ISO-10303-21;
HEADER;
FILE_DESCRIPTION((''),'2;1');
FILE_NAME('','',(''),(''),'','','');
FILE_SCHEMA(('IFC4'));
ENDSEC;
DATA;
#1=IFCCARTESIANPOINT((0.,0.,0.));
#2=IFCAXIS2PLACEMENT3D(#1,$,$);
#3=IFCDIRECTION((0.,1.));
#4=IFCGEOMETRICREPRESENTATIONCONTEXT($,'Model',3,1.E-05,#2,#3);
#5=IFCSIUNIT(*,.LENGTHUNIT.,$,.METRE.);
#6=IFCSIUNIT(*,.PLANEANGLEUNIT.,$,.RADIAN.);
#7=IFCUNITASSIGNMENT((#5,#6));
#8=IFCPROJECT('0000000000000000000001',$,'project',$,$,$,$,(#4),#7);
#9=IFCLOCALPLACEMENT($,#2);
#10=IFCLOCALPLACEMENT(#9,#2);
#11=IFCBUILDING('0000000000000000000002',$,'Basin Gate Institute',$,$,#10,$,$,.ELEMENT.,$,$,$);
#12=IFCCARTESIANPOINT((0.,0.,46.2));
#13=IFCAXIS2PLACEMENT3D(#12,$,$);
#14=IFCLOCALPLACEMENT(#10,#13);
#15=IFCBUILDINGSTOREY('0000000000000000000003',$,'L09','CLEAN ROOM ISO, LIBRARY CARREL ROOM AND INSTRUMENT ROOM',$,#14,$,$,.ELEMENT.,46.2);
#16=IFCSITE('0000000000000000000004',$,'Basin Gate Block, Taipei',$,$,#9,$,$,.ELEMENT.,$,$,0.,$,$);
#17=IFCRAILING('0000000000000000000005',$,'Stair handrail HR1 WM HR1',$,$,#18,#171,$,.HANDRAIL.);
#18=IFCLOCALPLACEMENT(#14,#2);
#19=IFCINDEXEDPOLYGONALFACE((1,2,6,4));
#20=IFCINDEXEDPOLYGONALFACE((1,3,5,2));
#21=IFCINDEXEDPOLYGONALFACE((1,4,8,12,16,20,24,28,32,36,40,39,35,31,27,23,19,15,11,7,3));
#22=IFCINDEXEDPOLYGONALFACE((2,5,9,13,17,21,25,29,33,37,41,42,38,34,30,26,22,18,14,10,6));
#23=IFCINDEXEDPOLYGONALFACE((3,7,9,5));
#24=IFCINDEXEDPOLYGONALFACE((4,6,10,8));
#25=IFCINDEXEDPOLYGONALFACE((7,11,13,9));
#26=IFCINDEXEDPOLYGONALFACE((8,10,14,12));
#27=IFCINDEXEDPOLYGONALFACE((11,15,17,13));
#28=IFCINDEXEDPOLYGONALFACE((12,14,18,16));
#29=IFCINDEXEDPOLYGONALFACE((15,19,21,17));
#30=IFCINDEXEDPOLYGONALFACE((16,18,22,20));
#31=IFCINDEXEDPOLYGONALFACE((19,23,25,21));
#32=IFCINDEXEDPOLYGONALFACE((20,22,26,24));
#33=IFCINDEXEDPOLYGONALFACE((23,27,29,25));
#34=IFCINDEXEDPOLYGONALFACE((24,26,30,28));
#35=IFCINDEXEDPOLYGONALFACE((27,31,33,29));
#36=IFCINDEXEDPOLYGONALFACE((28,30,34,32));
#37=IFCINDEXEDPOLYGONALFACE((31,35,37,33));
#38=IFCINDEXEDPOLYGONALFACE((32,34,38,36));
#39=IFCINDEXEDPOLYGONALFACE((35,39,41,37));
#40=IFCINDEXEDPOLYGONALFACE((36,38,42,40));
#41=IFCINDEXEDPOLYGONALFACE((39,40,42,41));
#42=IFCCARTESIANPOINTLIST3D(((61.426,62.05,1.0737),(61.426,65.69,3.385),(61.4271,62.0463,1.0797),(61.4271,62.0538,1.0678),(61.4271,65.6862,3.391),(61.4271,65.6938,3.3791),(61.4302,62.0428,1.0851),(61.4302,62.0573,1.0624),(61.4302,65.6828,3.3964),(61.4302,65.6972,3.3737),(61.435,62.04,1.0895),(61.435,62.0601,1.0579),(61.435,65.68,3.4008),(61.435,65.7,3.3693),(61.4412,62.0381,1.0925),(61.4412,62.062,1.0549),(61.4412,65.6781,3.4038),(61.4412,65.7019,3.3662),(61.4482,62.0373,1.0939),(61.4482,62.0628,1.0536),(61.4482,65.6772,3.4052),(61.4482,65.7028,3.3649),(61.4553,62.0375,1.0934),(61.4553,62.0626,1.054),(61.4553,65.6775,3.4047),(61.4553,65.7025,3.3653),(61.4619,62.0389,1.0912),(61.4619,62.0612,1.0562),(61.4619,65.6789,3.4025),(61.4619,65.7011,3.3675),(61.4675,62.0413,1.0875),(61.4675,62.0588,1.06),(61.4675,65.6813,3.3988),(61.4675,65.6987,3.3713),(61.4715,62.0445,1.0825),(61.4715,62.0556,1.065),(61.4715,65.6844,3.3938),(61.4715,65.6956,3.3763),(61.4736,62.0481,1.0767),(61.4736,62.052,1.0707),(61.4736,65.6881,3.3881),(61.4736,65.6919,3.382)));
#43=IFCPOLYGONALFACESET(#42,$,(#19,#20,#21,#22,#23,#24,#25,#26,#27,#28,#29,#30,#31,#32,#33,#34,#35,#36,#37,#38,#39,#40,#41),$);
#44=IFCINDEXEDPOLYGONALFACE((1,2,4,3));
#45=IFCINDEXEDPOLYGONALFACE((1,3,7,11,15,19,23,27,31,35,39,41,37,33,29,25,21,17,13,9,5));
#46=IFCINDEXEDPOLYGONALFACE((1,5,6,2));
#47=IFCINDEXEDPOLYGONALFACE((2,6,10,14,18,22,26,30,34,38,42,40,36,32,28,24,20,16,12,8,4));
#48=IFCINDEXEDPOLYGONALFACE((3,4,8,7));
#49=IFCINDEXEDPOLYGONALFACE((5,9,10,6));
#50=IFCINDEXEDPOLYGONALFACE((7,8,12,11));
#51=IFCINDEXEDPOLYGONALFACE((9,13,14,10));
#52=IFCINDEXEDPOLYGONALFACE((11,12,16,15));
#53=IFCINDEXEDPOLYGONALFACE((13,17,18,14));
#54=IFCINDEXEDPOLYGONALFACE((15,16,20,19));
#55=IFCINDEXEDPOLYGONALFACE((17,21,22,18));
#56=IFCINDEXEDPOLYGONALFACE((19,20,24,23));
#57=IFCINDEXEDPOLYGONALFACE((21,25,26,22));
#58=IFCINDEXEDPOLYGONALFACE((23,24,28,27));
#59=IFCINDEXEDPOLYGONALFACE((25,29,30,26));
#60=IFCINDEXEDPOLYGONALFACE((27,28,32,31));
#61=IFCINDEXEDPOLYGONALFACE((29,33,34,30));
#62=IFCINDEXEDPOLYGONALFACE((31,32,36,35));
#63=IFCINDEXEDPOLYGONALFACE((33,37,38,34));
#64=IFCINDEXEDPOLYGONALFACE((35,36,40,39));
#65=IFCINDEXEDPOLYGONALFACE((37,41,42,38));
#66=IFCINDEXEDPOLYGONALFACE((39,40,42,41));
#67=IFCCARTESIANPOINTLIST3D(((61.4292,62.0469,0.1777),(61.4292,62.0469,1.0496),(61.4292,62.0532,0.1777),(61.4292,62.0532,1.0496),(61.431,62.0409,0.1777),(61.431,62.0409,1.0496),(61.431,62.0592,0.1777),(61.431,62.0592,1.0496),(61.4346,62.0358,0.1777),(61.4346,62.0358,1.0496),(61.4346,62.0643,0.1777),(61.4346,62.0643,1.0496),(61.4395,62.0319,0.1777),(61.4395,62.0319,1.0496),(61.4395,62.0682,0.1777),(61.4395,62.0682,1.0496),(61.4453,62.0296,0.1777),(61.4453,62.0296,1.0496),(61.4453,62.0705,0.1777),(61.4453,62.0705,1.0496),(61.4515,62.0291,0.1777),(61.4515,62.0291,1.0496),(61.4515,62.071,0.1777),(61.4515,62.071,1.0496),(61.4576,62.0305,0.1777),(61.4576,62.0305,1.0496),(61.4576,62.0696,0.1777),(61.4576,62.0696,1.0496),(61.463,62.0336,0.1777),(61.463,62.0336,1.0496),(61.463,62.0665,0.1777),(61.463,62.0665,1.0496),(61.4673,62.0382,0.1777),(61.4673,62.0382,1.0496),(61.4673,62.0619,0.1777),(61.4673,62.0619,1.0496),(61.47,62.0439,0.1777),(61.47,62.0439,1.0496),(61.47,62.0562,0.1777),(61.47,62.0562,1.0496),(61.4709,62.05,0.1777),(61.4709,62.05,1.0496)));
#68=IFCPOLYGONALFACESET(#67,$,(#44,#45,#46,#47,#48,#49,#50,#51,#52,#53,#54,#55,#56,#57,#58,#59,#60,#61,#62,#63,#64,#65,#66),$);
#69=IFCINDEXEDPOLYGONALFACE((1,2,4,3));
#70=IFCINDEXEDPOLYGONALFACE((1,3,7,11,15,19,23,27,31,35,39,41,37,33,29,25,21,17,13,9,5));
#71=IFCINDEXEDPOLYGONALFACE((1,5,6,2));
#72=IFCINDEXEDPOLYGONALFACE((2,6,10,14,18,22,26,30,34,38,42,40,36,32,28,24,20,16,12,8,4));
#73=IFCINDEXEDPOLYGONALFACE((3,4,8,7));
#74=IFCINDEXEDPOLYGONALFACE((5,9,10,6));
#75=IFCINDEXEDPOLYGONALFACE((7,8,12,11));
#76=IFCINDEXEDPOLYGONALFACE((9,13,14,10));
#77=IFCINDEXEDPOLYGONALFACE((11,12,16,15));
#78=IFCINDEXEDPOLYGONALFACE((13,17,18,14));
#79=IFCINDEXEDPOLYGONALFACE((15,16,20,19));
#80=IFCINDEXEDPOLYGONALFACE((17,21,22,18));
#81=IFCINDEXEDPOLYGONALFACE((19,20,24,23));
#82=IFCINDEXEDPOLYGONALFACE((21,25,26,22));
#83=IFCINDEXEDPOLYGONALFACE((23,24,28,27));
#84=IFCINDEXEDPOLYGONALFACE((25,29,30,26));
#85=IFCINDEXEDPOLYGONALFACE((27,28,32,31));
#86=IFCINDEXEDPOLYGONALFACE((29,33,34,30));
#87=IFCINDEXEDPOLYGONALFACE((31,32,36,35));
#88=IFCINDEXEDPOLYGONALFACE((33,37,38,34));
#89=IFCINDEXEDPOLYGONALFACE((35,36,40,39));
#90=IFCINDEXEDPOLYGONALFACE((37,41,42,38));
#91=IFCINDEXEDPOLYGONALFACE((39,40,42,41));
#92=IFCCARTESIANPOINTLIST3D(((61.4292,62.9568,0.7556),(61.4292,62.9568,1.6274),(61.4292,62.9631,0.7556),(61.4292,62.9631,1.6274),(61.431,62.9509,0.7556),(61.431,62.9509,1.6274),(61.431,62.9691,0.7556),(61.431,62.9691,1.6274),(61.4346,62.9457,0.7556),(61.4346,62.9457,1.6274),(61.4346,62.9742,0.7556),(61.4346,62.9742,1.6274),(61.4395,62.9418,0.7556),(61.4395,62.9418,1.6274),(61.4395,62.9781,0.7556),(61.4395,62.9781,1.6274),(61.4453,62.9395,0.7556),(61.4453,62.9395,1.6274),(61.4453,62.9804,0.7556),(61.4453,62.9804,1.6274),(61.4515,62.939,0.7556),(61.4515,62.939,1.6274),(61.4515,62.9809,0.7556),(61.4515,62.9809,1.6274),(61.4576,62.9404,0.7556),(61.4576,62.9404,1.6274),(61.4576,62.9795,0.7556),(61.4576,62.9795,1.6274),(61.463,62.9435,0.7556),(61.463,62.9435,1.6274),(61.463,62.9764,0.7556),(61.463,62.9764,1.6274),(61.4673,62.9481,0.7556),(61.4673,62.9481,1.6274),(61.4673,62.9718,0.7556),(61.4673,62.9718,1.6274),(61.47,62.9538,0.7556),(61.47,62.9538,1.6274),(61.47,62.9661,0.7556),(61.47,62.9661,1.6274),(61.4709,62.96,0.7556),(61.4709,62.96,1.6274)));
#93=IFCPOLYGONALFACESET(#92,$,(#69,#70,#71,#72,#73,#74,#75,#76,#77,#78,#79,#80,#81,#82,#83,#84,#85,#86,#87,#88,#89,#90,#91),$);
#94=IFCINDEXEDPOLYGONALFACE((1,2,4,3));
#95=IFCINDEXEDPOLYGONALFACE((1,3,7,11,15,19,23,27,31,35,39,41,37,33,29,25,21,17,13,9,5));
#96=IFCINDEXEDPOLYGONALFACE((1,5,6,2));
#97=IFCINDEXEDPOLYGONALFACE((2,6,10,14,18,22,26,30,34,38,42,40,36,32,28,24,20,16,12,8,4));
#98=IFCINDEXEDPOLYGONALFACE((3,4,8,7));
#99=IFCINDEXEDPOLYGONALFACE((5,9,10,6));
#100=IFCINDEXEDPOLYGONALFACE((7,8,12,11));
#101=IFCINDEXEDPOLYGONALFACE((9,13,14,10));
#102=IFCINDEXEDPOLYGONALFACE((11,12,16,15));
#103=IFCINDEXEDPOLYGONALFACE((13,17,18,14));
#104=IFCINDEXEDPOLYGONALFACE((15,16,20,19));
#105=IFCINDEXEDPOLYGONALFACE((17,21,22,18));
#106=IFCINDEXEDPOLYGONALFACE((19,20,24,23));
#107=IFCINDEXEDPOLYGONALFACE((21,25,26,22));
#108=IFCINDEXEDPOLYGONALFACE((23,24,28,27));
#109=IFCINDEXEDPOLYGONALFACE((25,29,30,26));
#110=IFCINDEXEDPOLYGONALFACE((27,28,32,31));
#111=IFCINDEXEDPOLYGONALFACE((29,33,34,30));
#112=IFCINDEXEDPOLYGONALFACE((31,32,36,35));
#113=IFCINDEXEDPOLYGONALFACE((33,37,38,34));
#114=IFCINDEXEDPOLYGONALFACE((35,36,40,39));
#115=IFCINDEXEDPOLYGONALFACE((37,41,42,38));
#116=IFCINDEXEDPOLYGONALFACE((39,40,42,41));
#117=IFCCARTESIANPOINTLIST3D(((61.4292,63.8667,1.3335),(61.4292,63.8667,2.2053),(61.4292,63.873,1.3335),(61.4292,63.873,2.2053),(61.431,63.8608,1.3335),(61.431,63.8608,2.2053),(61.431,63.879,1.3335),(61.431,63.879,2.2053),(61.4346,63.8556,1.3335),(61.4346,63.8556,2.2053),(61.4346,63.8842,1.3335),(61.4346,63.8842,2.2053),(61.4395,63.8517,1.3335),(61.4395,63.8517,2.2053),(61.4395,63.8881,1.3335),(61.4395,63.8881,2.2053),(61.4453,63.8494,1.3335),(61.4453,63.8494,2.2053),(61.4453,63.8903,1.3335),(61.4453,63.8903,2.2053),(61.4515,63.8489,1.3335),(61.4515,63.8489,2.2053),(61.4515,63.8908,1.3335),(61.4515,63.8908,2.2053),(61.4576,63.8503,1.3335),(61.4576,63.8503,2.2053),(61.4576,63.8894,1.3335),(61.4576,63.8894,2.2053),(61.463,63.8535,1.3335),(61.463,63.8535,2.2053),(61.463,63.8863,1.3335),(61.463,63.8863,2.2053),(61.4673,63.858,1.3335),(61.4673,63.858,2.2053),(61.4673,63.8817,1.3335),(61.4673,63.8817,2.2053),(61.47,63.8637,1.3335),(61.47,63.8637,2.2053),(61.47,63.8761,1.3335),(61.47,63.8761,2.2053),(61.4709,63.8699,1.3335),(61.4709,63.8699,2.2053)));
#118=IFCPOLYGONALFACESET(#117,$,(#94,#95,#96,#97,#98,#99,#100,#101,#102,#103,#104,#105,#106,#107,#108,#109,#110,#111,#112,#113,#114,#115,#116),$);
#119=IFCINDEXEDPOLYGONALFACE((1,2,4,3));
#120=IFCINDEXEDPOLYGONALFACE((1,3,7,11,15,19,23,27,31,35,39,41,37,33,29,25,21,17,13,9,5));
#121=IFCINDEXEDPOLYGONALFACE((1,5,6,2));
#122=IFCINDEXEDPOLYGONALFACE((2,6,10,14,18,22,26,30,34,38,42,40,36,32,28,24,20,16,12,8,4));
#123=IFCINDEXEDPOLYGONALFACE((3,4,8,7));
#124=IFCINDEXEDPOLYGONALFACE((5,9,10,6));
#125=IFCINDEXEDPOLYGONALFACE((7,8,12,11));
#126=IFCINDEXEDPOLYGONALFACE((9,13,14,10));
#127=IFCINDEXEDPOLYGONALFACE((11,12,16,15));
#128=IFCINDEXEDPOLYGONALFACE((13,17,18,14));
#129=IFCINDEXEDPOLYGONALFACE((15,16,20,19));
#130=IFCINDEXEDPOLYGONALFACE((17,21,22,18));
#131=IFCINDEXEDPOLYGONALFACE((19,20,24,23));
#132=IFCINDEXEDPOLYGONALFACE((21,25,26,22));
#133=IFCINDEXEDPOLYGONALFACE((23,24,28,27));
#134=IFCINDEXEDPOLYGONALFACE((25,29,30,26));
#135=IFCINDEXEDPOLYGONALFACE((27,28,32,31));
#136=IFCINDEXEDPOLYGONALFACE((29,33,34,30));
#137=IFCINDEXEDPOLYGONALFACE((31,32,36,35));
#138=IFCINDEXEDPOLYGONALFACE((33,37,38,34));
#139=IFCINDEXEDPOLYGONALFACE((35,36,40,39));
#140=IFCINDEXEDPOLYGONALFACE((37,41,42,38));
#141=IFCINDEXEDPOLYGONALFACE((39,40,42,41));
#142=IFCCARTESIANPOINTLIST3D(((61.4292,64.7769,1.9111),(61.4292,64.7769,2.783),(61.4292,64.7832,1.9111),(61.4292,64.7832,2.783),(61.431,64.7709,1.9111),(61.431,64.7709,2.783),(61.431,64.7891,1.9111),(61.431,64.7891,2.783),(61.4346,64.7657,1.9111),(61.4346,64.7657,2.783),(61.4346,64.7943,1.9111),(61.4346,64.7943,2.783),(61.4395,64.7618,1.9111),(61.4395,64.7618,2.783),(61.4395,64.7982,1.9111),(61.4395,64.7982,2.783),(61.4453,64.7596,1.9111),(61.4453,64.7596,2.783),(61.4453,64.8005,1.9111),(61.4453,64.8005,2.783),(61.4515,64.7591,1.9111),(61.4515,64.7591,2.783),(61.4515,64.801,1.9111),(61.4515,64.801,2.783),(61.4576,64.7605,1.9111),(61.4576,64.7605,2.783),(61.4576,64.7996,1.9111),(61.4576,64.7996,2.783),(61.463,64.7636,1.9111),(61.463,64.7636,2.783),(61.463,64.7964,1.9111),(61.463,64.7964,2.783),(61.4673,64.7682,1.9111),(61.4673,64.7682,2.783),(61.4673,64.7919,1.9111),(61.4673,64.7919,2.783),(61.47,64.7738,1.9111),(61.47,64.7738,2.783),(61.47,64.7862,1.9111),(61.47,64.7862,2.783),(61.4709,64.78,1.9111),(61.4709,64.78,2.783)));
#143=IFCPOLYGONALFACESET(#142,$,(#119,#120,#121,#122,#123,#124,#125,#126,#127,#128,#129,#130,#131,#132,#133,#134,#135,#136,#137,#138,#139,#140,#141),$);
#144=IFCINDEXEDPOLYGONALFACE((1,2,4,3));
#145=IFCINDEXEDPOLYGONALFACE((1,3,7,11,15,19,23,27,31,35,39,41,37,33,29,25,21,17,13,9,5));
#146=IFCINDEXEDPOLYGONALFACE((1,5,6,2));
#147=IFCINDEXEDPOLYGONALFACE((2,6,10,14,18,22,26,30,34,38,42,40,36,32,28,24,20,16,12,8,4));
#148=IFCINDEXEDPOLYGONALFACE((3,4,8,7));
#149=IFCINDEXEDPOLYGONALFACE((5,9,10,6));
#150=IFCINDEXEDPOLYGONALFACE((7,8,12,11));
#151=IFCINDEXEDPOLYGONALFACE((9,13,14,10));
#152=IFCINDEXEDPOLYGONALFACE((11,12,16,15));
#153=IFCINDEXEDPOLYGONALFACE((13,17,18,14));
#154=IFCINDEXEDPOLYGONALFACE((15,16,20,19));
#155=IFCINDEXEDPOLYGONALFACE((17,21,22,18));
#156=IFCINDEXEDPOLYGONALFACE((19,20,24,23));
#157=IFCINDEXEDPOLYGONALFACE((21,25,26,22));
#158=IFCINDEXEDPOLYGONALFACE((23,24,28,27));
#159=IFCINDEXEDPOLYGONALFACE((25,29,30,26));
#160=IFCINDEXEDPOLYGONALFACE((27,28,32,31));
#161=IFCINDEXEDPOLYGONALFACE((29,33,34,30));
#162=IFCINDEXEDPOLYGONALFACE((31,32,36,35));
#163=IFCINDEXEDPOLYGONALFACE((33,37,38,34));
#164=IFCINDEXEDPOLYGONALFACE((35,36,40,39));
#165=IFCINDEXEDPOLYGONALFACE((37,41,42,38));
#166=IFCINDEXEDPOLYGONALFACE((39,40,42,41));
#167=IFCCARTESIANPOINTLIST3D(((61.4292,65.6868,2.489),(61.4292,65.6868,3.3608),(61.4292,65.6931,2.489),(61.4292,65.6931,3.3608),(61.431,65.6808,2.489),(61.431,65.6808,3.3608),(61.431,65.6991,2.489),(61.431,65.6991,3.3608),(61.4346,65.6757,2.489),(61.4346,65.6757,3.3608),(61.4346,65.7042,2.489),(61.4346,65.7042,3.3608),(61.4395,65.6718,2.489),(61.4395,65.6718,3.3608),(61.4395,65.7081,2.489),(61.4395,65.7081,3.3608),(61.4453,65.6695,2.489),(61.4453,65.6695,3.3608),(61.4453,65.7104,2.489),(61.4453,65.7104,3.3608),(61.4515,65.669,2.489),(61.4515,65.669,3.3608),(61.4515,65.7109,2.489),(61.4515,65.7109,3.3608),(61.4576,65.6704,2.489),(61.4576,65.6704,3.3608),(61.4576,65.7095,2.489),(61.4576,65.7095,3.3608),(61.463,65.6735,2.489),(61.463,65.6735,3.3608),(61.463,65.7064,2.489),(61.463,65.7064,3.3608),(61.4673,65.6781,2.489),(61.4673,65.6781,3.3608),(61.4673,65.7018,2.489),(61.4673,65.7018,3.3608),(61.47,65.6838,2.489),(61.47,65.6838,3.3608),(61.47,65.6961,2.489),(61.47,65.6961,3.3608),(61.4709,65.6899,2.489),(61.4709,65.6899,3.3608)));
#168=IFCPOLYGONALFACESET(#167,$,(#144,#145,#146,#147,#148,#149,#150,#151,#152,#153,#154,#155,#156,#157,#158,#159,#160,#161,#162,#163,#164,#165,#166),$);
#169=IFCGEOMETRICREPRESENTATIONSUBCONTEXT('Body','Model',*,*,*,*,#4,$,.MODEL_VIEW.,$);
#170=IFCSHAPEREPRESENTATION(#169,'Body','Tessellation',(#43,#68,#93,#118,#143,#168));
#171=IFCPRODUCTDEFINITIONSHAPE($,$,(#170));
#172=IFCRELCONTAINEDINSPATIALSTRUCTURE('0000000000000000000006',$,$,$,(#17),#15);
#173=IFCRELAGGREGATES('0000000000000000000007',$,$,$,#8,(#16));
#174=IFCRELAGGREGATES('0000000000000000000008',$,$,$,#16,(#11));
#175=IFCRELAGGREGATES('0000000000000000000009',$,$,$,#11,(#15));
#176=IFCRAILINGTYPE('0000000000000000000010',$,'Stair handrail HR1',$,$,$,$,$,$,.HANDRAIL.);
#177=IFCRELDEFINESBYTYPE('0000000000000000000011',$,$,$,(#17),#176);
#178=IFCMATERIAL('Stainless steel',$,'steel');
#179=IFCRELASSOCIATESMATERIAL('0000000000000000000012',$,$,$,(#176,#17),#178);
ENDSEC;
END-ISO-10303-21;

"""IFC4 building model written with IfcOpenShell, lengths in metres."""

from ifc_helpers import new_model, si_unit, direction, frame, origin, origin_2d, place, context, subcontext, project, spatial, circle, extrude, material, type_object, element, save


model = new_model("IFC4")

# Units and contexts
model_context = context("Model", 3, precision=1e-05, world=origin(), true_north=direction((0.0, 1.0)))
body_context = subcontext(model_context, "Body", "Model", "MODEL_VIEW")
ifc_project = project(units=[si_unit("LENGTHUNIT", "METRE"), si_unit("PLANEANGLEUNIT", "RADIAN")], contexts=[model_context])

# Site, building, storey
site_placement = place(None, origin())
site = spatial("IfcSite", under=ifc_project, at=site_placement, Name="Basin Gate Block, Taipei", CompositionType="ELEMENT", RefElevation=0.0)
building_placement = place(site_placement, origin())
building = spatial("IfcBuilding", under=site, at=building_placement, Name="Basin Gate Institute", CompositionType="ELEMENT")
storey_placement = place(building_placement, frame((0.0, 0.0, 46.2)))
storey = spatial("IfcBuildingStorey", under=building, at=storey_placement, Name="L09", Description="CLEAN ROOM ISO, LIBRARY CARREL ROOM AND INSTRUMENT ROOM", CompositionType="ELEMENT", Elevation=46.2)

# Railing
ifc_material_1 = material(Name="Stainless steel", Category="steel")
railing_type_1 = type_object("IfcRailingType", Name="Stair handrail HR1", PredefinedType="HANDRAIL", material=ifc_material_1)
for number, where, name in (
    (1, (61.45, 62.05, 0.1777), "Stair handrail HR1 WM HR1"),
):
    element("IfcRailing", number, at=place(storey_placement, frame(where)), inside=storey, type_object=railing_type_1, material=ifc_material_1, Name=name, PredefinedType="HANDRAIL", context=body_context, shape_type="SweptSolid", body=[
        extrude(circle(Radius=0.0239, at=origin_2d()), frame((0.0, 0.0, 0.896), z_axis=(0.0, 0.844188, 0.536047), x_axis=(-1.0, 0.0, 0.0)), (0.0, 0.0, 1.0), 4.3118),
        extrude(circle(Radius=0.021, at=origin_2d()), origin(), (0.0, 0.0, 1.0), 0.8718),
        extrude(circle(Radius=0.021, at=origin_2d()), frame((0.0, 0.9099, 0.5779)), (0.0, 0.0, 1.0), 0.8718),
        extrude(circle(Radius=0.021, at=origin_2d()), frame((0.0, 1.8198, 1.1558)), (0.0, 0.0, 1.0), 0.8718),
        extrude(circle(Radius=0.021, at=origin_2d()), frame((0.0, 2.73, 1.7334)), (0.0, 0.0, 1.0), 0.8718),
        extrude(circle(Radius=0.021, at=origin_2d()), frame((0.0, 3.6399, 2.3113)), (0.0, 0.0, 1.0), 0.8718),
    ])

save(model, "model.ifc")
